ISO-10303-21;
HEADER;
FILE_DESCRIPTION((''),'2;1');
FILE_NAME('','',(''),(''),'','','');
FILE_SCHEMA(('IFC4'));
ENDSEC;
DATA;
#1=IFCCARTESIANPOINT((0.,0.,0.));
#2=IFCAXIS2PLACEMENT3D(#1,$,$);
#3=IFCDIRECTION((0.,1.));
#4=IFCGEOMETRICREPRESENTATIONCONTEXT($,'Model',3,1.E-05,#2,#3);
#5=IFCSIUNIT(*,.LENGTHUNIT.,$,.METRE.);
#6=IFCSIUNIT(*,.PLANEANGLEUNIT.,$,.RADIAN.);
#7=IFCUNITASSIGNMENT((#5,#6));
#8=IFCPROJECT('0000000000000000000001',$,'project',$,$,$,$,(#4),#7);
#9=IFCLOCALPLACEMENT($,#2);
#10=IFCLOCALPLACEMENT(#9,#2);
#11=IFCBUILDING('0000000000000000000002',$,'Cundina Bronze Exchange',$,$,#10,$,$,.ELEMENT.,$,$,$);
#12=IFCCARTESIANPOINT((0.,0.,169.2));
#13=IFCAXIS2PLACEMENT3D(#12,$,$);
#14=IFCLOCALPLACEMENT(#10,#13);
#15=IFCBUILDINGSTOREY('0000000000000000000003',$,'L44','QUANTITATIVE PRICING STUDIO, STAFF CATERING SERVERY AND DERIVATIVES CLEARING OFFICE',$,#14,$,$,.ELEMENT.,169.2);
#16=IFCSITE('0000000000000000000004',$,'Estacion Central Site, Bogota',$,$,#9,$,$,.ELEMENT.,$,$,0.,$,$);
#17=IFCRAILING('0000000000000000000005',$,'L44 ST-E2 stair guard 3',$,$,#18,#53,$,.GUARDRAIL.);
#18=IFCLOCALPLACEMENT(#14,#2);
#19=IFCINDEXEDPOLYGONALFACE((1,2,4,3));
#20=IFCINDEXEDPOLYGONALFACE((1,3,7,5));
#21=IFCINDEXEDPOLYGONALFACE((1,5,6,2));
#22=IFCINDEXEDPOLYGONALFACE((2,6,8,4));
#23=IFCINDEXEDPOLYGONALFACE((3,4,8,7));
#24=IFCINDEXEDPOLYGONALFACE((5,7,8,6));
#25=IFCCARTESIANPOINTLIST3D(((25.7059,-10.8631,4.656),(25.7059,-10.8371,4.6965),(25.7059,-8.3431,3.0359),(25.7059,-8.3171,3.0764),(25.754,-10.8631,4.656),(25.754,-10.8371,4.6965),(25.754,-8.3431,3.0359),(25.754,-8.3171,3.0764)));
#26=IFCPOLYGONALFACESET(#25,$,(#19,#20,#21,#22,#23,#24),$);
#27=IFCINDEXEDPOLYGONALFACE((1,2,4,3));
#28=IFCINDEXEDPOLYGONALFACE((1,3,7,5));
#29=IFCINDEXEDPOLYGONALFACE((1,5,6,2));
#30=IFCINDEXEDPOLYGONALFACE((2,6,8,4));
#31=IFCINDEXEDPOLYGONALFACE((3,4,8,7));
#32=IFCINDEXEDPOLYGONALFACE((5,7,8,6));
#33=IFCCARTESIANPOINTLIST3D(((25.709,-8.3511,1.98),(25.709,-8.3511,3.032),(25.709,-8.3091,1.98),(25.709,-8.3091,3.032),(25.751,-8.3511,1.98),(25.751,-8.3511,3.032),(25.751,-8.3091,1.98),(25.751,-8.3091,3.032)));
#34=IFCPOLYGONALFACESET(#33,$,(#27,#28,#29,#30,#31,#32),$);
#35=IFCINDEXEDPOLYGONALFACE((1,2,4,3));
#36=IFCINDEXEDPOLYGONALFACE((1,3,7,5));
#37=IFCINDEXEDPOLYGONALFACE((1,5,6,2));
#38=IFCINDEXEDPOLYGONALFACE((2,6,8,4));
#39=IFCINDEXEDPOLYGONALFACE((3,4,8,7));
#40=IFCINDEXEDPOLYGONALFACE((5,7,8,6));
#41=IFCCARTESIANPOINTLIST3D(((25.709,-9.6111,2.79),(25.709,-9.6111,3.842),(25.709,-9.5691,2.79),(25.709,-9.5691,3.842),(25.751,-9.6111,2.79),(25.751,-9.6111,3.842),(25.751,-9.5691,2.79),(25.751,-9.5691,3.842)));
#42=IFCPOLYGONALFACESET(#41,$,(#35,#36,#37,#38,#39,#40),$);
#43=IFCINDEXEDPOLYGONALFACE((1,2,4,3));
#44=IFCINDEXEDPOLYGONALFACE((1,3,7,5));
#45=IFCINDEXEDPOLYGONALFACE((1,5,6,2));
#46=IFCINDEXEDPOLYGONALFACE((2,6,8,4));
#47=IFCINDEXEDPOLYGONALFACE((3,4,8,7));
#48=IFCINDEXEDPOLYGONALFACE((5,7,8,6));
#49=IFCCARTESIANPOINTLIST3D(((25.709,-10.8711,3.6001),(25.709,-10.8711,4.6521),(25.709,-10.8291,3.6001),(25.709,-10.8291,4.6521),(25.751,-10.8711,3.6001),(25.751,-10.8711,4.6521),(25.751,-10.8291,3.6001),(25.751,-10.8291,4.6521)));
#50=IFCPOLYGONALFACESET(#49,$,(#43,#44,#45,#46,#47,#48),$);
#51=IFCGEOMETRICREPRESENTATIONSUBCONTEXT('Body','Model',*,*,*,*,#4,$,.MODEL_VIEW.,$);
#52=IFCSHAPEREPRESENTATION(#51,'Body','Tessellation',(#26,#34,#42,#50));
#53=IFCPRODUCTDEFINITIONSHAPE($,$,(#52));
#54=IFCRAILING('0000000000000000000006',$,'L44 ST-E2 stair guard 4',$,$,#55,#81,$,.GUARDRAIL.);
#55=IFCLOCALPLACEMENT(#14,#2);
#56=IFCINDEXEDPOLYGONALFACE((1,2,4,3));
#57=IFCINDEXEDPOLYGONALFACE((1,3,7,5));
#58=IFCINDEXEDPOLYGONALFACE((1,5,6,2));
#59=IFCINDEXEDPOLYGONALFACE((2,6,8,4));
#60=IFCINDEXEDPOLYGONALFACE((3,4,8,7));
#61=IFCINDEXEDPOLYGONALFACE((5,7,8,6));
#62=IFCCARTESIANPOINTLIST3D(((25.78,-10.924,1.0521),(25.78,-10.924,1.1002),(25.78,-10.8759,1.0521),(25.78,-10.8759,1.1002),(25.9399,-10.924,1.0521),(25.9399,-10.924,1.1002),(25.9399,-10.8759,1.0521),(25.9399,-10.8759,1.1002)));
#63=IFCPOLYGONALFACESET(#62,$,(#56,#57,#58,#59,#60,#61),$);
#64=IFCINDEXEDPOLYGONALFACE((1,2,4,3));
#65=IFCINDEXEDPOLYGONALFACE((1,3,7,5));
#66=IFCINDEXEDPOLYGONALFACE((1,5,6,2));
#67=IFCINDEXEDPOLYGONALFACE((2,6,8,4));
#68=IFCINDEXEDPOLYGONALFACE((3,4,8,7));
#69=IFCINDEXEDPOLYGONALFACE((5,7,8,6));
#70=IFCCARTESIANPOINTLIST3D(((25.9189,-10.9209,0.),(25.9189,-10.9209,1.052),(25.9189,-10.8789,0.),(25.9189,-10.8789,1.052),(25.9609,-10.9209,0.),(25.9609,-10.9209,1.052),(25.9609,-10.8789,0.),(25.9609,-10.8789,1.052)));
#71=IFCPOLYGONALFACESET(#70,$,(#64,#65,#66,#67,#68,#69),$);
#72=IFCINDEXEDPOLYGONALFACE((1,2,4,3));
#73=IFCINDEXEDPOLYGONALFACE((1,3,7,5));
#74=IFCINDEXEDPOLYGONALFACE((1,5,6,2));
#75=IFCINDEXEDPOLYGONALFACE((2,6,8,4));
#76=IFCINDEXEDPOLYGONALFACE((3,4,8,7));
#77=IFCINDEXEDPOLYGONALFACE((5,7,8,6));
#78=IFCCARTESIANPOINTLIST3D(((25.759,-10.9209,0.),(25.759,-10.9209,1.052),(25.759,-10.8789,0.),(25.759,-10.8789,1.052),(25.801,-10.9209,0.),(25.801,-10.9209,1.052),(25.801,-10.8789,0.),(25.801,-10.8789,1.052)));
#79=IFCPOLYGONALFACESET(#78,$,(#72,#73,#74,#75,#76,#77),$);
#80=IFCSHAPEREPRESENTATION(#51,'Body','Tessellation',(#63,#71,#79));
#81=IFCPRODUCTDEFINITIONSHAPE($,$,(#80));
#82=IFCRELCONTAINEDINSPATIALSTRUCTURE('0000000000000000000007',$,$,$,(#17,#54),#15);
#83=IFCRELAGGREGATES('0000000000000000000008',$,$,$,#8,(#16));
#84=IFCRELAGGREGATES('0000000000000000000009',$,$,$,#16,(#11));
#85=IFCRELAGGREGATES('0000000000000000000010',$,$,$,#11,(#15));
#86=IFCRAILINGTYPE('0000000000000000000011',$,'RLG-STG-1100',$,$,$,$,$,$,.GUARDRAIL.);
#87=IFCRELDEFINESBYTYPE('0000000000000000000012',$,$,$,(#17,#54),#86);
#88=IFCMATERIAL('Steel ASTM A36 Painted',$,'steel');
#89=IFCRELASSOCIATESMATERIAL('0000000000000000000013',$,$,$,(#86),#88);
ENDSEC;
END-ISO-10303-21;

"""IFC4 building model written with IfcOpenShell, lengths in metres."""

from ifc_helpers import new_model, si_unit, direction, frame, origin, origin_2d, place, context, subcontext, project, spatial, rectangle, extrude, material, type_object, element, save


model = new_model("IFC4")

# Units and contexts
model_context = context("Model", 3, precision=1e-05, world=origin(), true_north=direction((0.0, 1.0)))
body_context = subcontext(model_context, "Body", "Model", "MODEL_VIEW")
ifc_project = project(units=[si_unit("LENGTHUNIT", "METRE"), si_unit("PLANEANGLEUNIT", "RADIAN")], contexts=[model_context])

# Site, building, storey
site_placement = place(None, origin())
site = spatial("IfcSite", under=ifc_project, at=site_placement, Name="Estacion Central Site, Bogota", CompositionType="ELEMENT", RefElevation=0.0)
building_placement = place(site_placement, origin())
building = spatial("IfcBuilding", under=site, at=building_placement, Name="Cundina Bronze Exchange", CompositionType="ELEMENT")
storey_placement = place(building_placement, frame((0.0, 0.0, 169.2)))
storey = spatial("IfcBuildingStorey", under=building, at=storey_placement, Name="L44", Description="QUANTITATIVE PRICING STUDIO, STAFF CATERING SERVERY AND DERIVATIVES CLEARING OFFICE", CompositionType="ELEMENT", Elevation=169.2)

# Shared definitions
ifc_material_1 = material(Name="Steel ASTM A36 Painted", Category="steel")

# Railings
railing_type_1 = type_object("IfcRailingType", Name="RLG-STG-1100", PredefinedType="GUARDRAIL", material=ifc_material_1)
railing_1_placement = place(storey_placement, frame((25.73, -8.3301, 1.98)))
element("IfcRailing", 1, at=railing_1_placement, inside=storey, type_object=railing_type_1, Name="L44 ST-E2 stair guard 3", PredefinedType="GUARDRAIL", context=body_context, shape_type="SweptSolid", body=[
    extrude(rectangle(XDim=0.0481, YDim=0.0481, at=origin_2d()), frame((0.0, 0.0, 1.0762), z_axis=(0.0, -0.841163, 0.540782), x_axis=(1.0, 0.0, 0.0)), (0.0, 0.0, 1.0), 2.9958),
    extrude(rectangle(XDim=0.042, YDim=0.042, at=origin_2d()), origin(), (0.0, 0.0, 1.0), 1.052),
    extrude(rectangle(XDim=0.042, YDim=0.042, at=origin_2d()), frame((0.0, -1.26, 0.8101)), (0.0, 0.0, 1.0), 1.052),
    extrude(rectangle(XDim=0.042, YDim=0.042, at=origin_2d()), frame((0.0, -2.52, 1.6201)), (0.0, 0.0, 1.0), 1.052),
])
railing_2_placement = place(storey_placement, frame((25.9399, -10.8999, 0.0)))
element("IfcRailing", 2, at=railing_2_placement, inside=storey, type_object=railing_type_1, Name="L44 ST-E2 stair guard 4", PredefinedType="GUARDRAIL", context=body_context, shape_type="SweptSolid", body=[
    extrude(rectangle(XDim=0.0481, YDim=0.0481, at=origin_2d()), frame((0.0, 0.0, 1.0762), z_axis=(-1.0, 0.0, 0.0), x_axis=(0.0, -1.0, 0.0)), (0.0, 0.0, 1.0), 0.1599),
    extrude(rectangle(XDim=0.042, YDim=0.042, at=origin_2d()), origin(), (0.0, 0.0, 1.0), 1.052),
    extrude(rectangle(XDim=0.042, YDim=0.042, at=origin_2d()), frame((-0.1599, 0.0, 0.0)), (0.0, 0.0, 1.0), 1.052),
])

save(model, "model.ifc")
